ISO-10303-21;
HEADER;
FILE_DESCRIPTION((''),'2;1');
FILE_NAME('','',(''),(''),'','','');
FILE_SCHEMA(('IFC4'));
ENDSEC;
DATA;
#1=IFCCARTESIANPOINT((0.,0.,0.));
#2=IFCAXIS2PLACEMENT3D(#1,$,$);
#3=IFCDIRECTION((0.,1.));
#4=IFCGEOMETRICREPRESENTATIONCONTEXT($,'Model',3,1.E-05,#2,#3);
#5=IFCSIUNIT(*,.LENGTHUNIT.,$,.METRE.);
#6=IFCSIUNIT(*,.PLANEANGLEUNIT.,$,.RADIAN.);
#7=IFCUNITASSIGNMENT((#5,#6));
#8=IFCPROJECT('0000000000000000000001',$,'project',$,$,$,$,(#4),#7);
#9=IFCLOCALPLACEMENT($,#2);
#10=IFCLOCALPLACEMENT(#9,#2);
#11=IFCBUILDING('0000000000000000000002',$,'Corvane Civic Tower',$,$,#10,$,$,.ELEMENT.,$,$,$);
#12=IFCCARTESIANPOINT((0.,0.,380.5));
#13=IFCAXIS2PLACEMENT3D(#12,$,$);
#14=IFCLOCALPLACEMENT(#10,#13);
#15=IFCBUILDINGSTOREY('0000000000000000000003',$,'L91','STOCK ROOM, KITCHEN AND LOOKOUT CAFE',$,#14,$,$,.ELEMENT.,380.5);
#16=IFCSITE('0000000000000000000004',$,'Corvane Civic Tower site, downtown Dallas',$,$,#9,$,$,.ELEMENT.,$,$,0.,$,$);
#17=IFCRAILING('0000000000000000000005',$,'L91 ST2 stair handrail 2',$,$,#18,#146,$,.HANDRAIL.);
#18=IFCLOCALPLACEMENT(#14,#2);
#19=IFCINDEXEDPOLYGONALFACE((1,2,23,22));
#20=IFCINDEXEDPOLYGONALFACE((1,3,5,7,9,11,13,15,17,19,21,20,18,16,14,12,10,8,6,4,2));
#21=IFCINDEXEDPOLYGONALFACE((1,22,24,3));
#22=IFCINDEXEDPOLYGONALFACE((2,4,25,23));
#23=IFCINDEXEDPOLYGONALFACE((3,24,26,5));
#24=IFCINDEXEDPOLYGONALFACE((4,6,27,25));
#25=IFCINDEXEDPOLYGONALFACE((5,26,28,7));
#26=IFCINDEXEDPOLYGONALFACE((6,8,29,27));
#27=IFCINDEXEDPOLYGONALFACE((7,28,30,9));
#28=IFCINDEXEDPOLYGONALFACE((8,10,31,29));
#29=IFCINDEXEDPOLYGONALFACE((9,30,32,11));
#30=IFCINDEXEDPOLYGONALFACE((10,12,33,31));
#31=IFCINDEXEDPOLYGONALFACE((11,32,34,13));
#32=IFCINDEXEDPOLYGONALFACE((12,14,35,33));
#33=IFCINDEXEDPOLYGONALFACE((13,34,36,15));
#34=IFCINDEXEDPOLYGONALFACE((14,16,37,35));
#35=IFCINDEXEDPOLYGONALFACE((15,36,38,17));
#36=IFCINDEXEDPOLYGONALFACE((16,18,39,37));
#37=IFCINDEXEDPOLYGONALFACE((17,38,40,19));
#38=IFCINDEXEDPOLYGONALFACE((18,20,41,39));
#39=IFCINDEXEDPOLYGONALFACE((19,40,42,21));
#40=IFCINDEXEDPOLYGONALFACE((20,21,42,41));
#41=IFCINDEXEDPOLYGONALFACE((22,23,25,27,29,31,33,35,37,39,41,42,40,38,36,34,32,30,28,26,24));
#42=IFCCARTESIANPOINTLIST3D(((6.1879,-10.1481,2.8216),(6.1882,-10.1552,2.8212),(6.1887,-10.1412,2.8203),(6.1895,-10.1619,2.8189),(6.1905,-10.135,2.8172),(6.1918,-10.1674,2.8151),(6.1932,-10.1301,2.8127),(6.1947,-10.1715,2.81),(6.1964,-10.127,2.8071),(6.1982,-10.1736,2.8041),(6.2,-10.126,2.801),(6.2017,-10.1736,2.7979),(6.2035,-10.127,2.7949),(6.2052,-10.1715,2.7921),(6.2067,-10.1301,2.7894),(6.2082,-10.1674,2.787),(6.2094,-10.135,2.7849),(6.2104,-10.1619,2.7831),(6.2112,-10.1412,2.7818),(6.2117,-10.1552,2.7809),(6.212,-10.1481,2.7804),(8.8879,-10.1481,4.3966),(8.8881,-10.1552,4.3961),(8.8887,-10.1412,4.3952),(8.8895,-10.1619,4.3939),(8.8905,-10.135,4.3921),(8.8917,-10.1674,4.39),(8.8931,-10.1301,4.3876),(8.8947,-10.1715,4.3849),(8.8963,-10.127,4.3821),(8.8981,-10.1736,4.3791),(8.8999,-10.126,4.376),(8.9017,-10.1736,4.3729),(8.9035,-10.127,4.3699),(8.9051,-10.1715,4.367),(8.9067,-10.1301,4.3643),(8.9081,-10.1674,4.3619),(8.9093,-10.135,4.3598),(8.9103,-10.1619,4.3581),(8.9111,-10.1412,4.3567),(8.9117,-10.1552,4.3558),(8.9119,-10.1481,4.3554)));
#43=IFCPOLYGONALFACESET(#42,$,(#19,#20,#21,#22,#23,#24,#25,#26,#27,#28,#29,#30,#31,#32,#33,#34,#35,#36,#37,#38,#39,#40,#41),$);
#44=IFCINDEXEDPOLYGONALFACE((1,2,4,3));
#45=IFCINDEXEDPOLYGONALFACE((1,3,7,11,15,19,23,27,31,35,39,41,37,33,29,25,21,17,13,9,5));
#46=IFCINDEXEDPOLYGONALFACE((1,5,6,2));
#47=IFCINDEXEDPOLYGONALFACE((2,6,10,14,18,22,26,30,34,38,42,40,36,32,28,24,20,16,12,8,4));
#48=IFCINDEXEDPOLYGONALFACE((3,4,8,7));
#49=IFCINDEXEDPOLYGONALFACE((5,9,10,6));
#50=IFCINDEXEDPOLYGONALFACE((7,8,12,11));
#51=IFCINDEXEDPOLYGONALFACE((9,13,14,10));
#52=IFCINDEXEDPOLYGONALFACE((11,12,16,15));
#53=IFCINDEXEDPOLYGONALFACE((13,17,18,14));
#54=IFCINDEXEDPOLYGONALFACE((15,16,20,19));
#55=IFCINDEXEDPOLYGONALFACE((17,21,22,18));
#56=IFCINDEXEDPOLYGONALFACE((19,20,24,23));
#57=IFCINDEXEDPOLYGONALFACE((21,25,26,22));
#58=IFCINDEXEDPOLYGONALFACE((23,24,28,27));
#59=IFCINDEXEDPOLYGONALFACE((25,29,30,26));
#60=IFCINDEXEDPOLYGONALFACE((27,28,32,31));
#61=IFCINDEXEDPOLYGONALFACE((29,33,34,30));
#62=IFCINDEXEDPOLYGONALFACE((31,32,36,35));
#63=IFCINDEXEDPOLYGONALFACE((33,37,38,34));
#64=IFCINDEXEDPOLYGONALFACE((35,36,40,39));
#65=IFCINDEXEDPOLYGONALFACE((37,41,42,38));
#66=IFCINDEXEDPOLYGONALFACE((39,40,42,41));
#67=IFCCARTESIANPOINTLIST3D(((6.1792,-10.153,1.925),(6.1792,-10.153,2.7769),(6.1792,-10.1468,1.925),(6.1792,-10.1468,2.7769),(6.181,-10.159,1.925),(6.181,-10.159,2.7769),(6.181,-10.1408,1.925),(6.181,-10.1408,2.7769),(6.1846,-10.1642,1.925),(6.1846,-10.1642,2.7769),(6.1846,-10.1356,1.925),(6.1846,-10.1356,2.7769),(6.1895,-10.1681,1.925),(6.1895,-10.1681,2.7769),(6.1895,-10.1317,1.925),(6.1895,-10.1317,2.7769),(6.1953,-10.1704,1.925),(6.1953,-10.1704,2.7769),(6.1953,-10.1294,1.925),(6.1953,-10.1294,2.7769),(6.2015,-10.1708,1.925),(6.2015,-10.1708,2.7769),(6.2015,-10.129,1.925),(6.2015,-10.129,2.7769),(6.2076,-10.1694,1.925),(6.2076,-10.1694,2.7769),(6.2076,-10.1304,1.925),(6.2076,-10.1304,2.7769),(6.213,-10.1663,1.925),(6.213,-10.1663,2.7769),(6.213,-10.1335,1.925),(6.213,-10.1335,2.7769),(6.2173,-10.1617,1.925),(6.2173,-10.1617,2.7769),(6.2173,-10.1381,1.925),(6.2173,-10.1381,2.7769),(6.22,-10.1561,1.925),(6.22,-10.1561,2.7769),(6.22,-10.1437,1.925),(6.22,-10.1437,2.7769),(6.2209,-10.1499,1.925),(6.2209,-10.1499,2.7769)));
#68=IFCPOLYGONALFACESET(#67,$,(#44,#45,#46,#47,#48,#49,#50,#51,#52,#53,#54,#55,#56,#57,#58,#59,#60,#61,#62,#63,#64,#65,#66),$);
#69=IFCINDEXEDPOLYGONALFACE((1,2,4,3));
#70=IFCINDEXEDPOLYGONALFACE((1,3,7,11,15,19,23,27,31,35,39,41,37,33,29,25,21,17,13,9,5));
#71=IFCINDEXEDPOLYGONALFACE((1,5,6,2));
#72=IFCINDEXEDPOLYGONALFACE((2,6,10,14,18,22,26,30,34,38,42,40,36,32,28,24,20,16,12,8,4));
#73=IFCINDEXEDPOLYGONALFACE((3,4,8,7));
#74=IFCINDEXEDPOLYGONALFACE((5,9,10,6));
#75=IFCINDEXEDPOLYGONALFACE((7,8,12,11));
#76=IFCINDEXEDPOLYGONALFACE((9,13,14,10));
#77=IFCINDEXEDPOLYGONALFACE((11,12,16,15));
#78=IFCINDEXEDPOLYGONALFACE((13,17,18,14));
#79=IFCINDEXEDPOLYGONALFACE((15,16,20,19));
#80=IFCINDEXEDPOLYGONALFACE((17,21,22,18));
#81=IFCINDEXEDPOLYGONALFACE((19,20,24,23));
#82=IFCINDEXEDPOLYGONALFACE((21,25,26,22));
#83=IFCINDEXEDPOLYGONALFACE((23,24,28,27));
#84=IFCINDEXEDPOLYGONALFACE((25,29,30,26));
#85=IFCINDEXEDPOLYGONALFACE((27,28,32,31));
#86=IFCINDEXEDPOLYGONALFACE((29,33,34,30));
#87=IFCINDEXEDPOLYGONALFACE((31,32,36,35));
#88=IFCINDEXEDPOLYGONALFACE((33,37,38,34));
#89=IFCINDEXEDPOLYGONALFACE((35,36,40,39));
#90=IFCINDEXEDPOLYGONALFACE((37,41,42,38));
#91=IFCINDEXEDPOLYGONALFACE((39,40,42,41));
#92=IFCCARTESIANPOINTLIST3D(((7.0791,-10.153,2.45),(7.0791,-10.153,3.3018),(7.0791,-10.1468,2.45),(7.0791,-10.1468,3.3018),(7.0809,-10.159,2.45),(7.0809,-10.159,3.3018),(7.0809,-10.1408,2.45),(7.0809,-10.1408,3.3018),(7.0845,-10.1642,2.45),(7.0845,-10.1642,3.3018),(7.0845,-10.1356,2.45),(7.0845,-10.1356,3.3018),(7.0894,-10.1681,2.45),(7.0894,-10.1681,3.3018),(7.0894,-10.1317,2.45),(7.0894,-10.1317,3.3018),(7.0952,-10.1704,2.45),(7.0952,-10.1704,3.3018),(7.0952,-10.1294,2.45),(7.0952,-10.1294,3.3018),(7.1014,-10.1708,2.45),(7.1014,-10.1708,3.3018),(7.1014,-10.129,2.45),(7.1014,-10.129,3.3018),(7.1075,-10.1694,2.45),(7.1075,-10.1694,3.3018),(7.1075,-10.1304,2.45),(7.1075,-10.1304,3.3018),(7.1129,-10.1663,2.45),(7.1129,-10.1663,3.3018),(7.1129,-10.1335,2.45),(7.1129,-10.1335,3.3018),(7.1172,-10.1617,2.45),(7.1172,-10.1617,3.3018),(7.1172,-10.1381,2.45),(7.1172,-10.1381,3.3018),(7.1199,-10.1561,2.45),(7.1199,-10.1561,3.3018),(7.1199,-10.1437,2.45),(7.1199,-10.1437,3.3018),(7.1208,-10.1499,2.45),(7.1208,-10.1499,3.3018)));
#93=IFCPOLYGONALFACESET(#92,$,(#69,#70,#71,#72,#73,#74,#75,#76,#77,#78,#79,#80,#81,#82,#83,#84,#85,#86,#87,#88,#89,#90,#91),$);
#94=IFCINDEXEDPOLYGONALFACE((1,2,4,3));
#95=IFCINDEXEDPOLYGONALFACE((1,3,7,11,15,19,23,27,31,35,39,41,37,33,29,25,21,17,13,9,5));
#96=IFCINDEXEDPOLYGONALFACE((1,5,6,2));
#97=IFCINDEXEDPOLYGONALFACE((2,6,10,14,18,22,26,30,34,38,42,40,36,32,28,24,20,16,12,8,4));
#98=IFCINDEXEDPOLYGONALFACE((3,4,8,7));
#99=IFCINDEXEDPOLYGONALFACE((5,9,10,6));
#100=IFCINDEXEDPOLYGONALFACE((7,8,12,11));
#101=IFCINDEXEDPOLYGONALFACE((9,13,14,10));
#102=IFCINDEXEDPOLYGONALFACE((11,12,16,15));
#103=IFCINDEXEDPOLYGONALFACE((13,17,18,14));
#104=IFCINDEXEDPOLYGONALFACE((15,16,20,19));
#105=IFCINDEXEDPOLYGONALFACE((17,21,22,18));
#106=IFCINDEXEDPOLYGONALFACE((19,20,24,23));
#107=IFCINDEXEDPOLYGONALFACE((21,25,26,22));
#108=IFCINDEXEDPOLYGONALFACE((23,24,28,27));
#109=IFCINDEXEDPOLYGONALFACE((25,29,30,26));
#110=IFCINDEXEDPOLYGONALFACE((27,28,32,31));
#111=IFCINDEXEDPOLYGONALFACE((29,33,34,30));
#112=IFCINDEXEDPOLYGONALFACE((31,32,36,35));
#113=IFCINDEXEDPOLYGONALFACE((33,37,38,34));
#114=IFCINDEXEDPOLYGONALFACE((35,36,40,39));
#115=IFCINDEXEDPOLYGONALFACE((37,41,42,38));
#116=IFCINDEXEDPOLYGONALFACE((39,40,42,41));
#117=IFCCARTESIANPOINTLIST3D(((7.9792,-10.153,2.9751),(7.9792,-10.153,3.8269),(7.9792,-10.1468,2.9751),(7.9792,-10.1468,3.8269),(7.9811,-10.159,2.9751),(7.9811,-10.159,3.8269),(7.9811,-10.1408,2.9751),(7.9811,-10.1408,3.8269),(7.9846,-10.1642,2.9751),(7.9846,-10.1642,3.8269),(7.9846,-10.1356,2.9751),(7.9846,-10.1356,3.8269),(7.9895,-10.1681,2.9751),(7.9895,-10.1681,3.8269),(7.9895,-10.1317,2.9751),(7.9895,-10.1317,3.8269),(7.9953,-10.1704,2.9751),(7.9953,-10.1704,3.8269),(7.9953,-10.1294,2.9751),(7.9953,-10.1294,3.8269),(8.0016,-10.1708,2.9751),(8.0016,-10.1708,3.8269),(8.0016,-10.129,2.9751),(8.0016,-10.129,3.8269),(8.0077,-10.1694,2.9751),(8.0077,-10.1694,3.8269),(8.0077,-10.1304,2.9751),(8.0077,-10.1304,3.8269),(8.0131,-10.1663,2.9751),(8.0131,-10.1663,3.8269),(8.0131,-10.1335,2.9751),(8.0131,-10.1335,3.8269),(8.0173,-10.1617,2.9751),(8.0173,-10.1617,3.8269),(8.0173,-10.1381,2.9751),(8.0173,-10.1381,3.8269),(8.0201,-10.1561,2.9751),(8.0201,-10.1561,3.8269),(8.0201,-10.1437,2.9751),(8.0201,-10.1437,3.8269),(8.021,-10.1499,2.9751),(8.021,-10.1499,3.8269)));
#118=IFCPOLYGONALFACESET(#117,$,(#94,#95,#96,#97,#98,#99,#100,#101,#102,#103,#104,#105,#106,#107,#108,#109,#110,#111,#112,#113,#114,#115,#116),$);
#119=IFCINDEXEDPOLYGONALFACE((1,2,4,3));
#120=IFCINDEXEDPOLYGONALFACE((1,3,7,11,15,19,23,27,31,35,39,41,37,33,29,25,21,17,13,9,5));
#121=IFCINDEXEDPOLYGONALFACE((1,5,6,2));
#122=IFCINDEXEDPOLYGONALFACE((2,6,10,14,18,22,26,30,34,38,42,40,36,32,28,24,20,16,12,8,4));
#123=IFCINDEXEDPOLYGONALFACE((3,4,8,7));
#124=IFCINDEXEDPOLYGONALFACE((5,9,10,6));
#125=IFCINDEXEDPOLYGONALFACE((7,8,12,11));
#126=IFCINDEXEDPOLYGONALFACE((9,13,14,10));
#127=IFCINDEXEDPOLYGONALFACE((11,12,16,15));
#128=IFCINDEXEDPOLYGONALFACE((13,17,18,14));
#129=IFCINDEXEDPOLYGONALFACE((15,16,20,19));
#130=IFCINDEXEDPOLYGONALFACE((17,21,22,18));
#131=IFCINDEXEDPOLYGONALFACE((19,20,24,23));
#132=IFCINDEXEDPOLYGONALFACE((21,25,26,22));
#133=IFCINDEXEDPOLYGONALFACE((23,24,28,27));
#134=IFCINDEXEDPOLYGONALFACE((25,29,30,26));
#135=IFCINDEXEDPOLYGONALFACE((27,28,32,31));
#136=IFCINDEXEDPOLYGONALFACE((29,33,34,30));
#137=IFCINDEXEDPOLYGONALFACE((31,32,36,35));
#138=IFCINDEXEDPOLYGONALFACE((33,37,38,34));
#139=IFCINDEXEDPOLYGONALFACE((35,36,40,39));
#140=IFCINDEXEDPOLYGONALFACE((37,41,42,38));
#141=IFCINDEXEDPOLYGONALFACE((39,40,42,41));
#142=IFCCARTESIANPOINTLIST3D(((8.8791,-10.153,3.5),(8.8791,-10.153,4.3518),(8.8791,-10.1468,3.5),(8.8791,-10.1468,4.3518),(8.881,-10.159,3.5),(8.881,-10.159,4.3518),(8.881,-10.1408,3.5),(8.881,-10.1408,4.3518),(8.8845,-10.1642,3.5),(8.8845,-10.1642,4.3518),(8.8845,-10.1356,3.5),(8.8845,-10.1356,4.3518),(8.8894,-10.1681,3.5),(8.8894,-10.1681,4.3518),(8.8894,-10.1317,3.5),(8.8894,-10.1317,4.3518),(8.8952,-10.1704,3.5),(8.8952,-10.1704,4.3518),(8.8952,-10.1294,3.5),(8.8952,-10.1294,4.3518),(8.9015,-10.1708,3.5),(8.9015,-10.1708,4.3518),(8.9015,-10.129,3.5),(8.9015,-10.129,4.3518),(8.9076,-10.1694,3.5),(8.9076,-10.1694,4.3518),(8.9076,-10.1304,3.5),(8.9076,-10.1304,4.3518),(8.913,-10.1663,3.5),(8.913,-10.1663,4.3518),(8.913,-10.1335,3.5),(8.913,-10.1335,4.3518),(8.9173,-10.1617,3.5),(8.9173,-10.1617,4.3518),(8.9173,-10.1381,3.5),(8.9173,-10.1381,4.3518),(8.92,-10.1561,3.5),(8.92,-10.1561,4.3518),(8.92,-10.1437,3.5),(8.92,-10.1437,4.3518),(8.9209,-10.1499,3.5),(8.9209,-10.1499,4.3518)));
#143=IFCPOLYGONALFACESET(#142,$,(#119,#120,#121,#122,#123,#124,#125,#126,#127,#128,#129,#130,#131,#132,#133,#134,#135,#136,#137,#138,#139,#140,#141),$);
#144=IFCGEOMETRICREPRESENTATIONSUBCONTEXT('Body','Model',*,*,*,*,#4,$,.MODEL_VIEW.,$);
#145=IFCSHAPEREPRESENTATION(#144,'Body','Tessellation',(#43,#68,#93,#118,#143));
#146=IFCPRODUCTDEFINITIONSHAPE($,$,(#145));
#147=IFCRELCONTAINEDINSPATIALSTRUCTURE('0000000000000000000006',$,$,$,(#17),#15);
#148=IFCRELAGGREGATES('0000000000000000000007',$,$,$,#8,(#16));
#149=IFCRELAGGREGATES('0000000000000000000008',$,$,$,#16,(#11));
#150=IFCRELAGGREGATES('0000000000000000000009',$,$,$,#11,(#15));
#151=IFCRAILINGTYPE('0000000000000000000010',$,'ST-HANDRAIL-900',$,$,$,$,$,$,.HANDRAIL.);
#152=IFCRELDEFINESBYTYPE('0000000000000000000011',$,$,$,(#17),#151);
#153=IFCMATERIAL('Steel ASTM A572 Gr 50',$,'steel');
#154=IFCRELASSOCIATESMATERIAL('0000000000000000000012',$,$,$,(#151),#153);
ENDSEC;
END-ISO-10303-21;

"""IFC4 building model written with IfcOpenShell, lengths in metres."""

from ifc_helpers import new_model, si_unit, direction, frame, origin, origin_2d, place, context, subcontext, project, spatial, circle, extrude, material, type_object, element, save


model = new_model("IFC4")

# Units and contexts
model_context = context("Model", 3, precision=1e-05, world=origin(), true_north=direction((0.0, 1.0)))
body_context = subcontext(model_context, "Body", "Model", "MODEL_VIEW")
ifc_project = project(units=[si_unit("LENGTHUNIT", "METRE"), si_unit("PLANEANGLEUNIT", "RADIAN")], contexts=[model_context])

# Site, building, storey
site_placement = place(None, origin())
site = spatial("IfcSite", under=ifc_project, at=site_placement, Name="Corvane Civic Tower site, downtown Dallas", CompositionType="ELEMENT", RefElevation=0.0)
building_placement = place(site_placement, origin())
building = spatial("IfcBuilding", under=site, at=building_placement, Name="Corvane Civic Tower", CompositionType="ELEMENT")
storey_placement = place(building_placement, frame((0.0, 0.0, 380.5)))
storey = spatial("IfcBuildingStorey", under=building, at=storey_placement, Name="L91", Description="STOCK ROOM, KITCHEN AND LOOKOUT CAFE", CompositionType="ELEMENT", Elevation=380.5)

# Railing
ifc_material_1 = material(Name="Steel ASTM A572 Gr 50", Category="steel")
railing_type = type_object("IfcRailingType", Name="ST-HANDRAIL-900", PredefinedType="HANDRAIL", material=ifc_material_1)
for number, where, name in (
    (1, (6.2, -10.1499, 1.925), "L91 ST2 stair handrail 2"),
):
    element("IfcRailing", number, at=place(storey_placement, frame(where)), inside=storey, type_object=railing_type, Name=name, PredefinedType="HANDRAIL", context=body_context, shape_type="SweptSolid", body=[
        extrude(circle(Radius=0.0239, at=origin_2d()), frame((0.0, 0.0, 0.876), z_axis=(0.863782, 0.0, 0.503866), x_axis=(0.0, 1.0, 0.0)), (0.0, 0.0, 1.0), 3.1257),
        extrude(circle(Radius=0.021, at=origin_2d()), origin(), (0.0, 0.0, 1.0), 0.8518),
        extrude(circle(Radius=0.021, at=origin_2d()), frame((0.8999, 0.0, 0.5249)), (0.0, 0.0, 1.0), 0.8518),
        extrude(circle(Radius=0.021, at=origin_2d()), frame((1.8, 0.0, 1.05)), (0.0, 0.0, 1.0), 0.8518),
        extrude(circle(Radius=0.021, at=origin_2d()), frame((2.7, 0.0, 1.575)), (0.0, 0.0, 1.0), 0.8518),
    ])

save(model, "model.ifc")
